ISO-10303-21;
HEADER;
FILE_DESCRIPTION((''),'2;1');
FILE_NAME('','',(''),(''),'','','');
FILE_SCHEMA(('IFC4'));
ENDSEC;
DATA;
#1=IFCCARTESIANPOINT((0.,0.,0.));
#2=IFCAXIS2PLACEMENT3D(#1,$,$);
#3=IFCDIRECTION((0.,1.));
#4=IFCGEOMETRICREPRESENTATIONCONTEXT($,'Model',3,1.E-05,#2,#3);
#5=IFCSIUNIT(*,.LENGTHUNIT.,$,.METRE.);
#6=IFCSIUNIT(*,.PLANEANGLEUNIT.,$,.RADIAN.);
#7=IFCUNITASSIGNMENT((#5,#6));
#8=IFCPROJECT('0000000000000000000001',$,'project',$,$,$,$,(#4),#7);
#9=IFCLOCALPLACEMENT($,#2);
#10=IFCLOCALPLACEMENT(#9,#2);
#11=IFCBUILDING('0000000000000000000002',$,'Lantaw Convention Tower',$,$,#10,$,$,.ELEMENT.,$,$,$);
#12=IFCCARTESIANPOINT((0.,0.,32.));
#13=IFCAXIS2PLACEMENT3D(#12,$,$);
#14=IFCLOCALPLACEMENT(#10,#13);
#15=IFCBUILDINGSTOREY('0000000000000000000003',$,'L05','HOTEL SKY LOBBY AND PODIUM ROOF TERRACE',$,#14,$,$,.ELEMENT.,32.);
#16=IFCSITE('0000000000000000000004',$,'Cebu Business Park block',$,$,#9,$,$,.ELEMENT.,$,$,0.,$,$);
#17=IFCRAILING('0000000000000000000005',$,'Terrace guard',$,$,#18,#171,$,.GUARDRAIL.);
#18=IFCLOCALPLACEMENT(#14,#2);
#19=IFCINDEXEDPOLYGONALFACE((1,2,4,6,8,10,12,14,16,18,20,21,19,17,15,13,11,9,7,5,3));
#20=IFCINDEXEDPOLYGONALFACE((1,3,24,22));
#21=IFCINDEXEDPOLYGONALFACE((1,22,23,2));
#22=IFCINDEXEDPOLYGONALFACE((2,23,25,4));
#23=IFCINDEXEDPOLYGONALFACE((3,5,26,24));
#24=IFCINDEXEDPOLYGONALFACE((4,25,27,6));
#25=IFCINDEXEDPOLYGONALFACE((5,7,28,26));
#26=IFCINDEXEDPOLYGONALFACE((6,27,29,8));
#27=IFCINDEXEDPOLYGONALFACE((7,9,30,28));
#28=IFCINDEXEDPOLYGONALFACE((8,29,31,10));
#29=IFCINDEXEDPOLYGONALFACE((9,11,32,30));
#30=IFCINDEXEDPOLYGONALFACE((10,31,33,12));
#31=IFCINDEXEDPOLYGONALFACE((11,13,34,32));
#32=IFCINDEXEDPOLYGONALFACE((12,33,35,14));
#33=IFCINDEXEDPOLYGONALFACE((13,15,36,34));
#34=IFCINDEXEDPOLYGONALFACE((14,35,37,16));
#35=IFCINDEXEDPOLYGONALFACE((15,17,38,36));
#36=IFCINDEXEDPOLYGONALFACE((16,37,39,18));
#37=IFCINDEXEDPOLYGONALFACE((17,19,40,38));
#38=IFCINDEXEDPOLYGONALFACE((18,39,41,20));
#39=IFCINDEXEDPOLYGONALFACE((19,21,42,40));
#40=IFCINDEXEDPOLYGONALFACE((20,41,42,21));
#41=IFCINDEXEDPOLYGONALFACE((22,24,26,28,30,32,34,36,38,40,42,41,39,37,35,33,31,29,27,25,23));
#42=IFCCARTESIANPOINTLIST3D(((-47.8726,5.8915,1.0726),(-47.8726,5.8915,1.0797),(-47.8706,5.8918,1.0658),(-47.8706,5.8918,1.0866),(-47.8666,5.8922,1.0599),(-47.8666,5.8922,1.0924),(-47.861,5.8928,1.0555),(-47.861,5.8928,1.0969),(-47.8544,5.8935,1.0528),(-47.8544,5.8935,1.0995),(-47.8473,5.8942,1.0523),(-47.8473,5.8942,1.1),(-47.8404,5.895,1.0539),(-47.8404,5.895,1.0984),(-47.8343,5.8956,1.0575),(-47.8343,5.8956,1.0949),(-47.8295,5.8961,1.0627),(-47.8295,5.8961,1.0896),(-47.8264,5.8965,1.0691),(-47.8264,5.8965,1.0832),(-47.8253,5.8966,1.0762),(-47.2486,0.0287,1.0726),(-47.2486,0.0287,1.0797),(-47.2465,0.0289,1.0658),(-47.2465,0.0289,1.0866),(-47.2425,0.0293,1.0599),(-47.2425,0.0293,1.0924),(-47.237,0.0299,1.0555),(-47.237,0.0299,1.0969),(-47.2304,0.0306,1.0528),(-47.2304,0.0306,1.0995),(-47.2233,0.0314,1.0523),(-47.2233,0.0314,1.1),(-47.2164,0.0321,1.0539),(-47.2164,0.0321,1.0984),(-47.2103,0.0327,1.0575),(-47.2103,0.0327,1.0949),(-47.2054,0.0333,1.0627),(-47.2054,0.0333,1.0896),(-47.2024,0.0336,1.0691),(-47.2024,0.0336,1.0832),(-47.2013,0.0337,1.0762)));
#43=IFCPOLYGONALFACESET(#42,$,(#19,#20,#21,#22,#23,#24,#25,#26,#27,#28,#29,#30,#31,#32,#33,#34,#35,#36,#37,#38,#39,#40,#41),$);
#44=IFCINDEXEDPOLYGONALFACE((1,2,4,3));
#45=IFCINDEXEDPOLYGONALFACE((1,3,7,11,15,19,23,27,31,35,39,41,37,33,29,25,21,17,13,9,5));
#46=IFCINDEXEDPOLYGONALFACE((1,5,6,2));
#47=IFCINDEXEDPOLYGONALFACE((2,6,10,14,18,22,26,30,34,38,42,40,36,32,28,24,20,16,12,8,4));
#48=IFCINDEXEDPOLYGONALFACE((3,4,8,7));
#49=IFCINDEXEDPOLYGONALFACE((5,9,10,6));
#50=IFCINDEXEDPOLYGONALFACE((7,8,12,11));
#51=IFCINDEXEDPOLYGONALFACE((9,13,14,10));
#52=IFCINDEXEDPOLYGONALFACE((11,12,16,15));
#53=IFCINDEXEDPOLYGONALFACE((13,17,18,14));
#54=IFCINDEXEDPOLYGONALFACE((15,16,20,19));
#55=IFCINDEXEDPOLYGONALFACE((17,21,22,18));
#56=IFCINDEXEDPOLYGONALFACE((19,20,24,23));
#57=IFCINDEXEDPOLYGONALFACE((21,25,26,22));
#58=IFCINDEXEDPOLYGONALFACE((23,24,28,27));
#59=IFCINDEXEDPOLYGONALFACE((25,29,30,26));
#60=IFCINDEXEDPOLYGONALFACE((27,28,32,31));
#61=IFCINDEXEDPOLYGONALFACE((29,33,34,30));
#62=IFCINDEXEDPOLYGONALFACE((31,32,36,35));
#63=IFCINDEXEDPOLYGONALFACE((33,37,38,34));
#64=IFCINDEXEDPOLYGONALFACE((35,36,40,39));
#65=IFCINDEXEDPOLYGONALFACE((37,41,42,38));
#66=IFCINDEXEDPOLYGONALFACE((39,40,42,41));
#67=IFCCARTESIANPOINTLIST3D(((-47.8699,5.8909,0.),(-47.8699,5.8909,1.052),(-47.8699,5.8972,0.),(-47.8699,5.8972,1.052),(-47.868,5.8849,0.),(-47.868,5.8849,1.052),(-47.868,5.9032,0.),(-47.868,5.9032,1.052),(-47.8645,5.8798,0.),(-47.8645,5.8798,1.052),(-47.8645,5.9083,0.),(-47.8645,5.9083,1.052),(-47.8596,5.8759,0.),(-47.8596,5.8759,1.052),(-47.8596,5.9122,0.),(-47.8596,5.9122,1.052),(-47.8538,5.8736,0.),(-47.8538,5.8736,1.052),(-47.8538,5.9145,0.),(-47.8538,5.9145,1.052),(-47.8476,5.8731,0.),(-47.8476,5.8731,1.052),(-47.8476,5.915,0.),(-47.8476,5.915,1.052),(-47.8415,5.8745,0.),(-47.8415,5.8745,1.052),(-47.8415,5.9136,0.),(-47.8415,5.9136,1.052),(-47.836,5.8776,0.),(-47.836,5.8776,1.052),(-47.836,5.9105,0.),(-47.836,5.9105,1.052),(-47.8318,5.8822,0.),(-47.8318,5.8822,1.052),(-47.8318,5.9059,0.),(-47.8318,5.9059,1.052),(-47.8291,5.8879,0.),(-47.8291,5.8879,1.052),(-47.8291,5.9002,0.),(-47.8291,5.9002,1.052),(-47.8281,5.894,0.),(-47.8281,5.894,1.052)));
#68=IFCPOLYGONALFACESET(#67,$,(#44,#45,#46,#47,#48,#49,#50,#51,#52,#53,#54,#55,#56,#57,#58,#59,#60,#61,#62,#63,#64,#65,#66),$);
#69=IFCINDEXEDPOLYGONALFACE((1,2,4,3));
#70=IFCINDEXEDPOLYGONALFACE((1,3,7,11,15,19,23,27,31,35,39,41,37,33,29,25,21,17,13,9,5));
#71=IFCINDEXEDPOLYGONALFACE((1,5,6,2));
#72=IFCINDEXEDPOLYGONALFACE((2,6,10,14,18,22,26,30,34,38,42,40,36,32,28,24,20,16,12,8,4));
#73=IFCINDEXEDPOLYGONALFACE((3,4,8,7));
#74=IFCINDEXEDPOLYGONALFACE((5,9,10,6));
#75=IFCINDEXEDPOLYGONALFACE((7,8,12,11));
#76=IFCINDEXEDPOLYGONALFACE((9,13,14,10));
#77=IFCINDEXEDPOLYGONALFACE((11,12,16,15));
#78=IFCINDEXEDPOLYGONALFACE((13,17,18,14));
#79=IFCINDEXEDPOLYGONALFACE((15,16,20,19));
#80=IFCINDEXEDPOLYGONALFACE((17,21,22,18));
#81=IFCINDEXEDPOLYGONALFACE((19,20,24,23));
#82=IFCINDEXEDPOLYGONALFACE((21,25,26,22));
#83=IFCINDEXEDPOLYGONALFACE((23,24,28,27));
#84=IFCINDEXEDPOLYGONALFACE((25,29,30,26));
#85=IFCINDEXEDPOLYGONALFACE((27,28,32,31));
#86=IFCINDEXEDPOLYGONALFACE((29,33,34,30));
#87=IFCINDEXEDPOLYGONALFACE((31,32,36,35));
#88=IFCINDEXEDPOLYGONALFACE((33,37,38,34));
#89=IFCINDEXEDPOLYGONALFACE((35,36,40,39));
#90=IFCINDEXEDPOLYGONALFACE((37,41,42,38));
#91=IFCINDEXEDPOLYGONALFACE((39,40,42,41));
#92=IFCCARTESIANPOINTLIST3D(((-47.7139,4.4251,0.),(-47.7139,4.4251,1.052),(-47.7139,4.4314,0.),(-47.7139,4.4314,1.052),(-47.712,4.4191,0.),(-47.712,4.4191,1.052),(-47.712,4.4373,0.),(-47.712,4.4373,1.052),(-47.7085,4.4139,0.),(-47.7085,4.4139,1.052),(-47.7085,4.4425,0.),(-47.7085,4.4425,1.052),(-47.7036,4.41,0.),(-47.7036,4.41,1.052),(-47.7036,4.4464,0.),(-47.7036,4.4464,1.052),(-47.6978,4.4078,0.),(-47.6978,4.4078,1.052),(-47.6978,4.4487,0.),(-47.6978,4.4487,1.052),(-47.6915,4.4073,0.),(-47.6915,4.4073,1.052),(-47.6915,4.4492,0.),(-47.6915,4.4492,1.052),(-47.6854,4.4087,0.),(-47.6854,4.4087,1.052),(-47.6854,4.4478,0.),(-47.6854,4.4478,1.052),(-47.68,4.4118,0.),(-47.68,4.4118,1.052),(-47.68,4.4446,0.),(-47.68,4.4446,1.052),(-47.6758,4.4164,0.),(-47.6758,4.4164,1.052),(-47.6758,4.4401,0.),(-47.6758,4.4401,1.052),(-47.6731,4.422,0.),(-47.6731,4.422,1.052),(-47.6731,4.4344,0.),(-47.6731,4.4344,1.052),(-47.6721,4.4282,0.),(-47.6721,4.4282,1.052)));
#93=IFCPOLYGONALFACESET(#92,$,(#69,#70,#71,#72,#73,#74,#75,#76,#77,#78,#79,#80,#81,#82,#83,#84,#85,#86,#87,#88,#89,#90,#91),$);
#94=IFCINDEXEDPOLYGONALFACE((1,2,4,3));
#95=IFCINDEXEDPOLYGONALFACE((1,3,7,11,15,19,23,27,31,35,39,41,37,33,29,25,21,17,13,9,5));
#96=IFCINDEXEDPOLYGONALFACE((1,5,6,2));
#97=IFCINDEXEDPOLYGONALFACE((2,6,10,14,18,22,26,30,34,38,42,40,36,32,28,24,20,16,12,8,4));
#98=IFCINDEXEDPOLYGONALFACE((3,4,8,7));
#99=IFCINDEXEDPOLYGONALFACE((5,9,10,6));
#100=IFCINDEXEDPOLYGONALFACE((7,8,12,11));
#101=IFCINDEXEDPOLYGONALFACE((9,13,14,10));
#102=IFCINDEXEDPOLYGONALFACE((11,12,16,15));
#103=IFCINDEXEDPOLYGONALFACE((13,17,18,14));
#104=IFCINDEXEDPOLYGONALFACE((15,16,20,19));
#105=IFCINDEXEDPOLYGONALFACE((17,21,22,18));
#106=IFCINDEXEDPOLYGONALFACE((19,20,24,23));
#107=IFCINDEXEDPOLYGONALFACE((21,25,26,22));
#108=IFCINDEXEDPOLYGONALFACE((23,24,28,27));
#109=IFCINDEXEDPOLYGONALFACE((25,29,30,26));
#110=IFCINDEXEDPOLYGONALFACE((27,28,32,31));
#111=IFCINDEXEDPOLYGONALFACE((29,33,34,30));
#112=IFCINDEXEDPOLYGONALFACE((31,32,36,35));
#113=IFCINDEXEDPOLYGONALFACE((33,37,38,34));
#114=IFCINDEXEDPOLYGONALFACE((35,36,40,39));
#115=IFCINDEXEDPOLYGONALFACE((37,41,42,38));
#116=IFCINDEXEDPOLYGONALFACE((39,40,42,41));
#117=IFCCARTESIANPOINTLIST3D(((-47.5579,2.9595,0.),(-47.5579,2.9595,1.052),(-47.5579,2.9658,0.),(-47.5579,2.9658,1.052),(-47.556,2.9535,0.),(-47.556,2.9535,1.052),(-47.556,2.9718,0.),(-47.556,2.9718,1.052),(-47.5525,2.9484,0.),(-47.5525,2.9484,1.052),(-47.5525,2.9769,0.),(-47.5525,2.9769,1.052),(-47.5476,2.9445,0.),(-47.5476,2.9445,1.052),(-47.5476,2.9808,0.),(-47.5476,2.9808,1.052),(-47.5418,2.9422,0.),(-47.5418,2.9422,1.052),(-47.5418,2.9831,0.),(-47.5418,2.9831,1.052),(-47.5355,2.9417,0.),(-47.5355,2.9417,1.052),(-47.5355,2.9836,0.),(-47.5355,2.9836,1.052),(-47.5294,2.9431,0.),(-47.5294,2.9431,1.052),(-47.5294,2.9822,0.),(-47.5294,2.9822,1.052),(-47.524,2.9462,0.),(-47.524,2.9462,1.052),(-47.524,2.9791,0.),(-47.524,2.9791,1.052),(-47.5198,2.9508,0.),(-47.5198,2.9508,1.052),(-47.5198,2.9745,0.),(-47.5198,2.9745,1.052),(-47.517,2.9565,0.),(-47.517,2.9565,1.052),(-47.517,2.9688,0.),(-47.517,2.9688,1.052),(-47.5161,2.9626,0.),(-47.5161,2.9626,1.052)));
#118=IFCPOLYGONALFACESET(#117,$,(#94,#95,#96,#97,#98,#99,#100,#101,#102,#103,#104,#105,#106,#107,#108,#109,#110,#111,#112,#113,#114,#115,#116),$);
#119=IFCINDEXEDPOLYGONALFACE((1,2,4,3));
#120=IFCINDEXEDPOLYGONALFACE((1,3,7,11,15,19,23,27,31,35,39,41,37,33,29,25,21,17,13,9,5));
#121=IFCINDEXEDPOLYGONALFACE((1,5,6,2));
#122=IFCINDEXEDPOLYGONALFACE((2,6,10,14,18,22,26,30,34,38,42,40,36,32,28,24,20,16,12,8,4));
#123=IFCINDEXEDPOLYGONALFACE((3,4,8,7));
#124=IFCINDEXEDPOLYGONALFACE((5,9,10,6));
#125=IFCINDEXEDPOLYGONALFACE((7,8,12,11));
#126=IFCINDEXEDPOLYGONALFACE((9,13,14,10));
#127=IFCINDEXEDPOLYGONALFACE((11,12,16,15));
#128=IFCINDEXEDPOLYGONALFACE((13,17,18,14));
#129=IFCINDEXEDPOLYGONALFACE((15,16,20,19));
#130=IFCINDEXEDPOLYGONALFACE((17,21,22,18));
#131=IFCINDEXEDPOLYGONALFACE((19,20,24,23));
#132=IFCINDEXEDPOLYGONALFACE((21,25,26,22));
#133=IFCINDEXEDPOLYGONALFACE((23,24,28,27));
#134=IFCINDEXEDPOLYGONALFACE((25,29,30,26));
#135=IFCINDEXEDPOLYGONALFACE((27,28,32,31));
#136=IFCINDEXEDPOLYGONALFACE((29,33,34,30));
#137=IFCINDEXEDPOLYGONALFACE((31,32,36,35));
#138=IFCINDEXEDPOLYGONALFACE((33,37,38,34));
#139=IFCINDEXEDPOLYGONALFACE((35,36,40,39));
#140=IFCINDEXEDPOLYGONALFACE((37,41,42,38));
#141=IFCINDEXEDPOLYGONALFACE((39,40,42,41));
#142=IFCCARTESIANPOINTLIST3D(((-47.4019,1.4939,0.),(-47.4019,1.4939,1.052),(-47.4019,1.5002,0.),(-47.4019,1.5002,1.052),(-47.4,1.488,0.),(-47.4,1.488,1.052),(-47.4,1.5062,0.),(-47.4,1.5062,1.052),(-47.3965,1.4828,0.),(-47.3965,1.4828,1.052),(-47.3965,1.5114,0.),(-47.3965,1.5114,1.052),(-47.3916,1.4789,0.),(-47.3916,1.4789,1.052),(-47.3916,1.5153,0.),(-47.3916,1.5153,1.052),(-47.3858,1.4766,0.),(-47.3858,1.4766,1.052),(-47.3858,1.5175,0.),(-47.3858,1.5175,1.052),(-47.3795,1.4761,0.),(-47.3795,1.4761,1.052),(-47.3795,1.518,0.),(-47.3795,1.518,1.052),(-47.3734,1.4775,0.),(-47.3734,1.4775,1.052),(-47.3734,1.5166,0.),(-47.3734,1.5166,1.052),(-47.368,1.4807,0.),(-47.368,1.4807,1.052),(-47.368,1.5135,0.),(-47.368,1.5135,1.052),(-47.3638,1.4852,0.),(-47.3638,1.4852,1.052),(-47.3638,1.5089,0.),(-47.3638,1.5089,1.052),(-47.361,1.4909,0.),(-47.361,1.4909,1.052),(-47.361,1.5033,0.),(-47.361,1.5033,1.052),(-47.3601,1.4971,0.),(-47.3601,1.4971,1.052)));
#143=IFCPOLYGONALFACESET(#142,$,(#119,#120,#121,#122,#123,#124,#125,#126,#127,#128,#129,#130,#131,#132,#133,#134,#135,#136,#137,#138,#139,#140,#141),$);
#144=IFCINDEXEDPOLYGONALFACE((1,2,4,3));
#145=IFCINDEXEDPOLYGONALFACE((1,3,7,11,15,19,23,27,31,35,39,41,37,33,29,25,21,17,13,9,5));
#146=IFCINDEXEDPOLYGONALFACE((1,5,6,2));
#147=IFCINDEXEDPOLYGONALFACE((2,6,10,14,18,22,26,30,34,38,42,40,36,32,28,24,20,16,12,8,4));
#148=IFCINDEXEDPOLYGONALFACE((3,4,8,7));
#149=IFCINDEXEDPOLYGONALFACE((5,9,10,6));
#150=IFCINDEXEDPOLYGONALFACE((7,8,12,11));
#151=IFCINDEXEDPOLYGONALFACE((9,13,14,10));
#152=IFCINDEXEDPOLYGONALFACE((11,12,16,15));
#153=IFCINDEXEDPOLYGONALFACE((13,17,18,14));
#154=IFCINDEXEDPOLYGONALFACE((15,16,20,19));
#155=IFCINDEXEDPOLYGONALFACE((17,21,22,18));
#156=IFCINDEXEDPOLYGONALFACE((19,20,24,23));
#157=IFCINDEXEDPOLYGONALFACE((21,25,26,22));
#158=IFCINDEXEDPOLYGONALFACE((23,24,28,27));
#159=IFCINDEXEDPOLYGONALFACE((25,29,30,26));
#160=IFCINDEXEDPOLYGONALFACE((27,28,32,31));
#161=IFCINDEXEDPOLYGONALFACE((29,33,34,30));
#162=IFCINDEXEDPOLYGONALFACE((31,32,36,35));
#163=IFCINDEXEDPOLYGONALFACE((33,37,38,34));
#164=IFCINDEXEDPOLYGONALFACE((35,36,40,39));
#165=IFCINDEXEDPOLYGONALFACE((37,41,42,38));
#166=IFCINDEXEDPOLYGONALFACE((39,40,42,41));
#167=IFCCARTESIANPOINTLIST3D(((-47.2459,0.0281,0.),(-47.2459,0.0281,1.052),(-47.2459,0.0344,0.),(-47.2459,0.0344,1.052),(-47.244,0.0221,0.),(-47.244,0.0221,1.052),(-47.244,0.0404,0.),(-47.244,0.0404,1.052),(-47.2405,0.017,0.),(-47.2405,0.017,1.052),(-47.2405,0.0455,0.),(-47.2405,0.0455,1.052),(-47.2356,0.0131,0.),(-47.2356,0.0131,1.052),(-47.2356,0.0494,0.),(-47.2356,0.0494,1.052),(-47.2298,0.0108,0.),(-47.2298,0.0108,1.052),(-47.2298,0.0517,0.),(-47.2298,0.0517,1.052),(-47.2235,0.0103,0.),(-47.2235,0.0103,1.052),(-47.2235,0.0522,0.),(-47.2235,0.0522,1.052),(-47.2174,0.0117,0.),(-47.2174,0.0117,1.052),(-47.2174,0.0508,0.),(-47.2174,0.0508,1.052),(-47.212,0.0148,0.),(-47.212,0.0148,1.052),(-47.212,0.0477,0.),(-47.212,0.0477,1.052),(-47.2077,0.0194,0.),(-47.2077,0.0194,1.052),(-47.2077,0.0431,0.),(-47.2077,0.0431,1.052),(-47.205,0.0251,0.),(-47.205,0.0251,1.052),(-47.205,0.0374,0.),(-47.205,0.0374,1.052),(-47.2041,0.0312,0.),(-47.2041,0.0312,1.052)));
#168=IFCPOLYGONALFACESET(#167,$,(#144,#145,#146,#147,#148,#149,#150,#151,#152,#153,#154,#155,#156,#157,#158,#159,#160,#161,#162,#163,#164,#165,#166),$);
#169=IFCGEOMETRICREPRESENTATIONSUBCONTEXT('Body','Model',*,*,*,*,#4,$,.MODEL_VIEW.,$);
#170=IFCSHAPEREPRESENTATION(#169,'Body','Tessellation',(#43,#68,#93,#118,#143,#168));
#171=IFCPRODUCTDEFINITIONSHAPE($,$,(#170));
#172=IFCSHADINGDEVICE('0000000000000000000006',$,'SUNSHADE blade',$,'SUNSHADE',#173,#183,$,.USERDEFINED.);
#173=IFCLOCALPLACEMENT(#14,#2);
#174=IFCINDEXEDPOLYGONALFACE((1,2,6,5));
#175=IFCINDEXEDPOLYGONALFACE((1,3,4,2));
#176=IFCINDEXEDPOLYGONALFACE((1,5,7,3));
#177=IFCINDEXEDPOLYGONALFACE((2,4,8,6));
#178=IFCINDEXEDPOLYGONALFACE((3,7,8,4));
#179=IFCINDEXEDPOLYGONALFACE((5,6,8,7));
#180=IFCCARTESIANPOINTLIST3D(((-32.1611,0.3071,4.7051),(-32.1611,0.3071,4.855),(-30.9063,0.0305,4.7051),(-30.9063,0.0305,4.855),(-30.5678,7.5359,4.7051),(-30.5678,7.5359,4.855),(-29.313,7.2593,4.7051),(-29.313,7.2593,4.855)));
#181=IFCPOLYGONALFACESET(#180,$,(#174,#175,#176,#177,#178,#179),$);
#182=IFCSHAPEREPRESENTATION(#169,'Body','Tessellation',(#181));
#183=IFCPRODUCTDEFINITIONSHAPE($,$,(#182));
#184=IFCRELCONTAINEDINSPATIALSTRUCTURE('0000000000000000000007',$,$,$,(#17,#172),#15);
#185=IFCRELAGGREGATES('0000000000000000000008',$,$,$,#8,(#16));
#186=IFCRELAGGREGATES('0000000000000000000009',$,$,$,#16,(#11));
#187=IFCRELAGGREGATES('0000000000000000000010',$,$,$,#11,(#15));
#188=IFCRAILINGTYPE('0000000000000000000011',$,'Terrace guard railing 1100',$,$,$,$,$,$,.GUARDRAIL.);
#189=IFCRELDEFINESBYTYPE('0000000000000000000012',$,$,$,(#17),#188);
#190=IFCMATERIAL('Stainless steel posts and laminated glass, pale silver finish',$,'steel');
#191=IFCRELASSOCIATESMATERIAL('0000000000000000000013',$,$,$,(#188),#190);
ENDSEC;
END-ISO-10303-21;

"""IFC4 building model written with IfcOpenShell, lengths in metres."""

from ifc_helpers import new_model, si_unit, direction, frame, origin, origin_2d, place, context, subcontext, project, spatial, rectangle, circle, extrude, material, type_object, element, save


model = new_model("IFC4")

# Units and contexts
model_context = context("Model", 3, precision=1e-05, world=origin(), true_north=direction((0.0, 1.0)))
body_context = subcontext(model_context, "Body", "Model", "MODEL_VIEW")
ifc_project = project(units=[si_unit("LENGTHUNIT", "METRE"), si_unit("PLANEANGLEUNIT", "RADIAN")], contexts=[model_context])

# Site, building, storey
site_placement = place(None, origin())
site = spatial("IfcSite", under=ifc_project, at=site_placement, Name="Cebu Business Park block", CompositionType="ELEMENT", RefElevation=0.0)
building_placement = place(site_placement, origin())
building = spatial("IfcBuilding", under=site, at=building_placement, Name="Lantaw Convention Tower", CompositionType="ELEMENT")
storey_placement = place(building_placement, frame((0.0, 0.0, 32.0)))
storey = spatial("IfcBuildingStorey", under=building, at=storey_placement, Name="L05", Description="HOTEL SKY LOBBY AND PODIUM ROOF TERRACE", CompositionType="ELEMENT", Elevation=32.0)

# Railing
ifc_material_1 = material(Name="Stainless steel posts and laminated glass, pale silver finish", Category="steel")
railing_type_1 = type_object("IfcRailingType", Name="Terrace guard railing 1100", PredefinedType="GUARDRAIL", material=ifc_material_1)
railing_1_placement = place(storey_placement, frame((-47.8491, 5.894, 0.0)))
element("IfcRailing", 1, at=railing_1_placement, inside=storey, type_object=railing_type_1, Name="Terrace guard", PredefinedType="GUARDRAIL", context=body_context, shape_type="SweptSolid", body=[
    extrude(circle(Radius=0.0239, at=origin_2d()), frame((0.0, 0.0, 1.0762), z_axis=(0.10584, -0.994383, 0.0), x_axis=(0.994383, 0.10584, 0.0)), (0.0, 0.0, 1.0), 5.896),
    extrude(circle(Radius=0.021, at=origin_2d()), origin(), (0.0, 0.0, 1.0), 1.052),
    extrude(circle(Radius=0.021, at=origin_2d()), frame((0.156, -1.4658, 0.0)), (0.0, 0.0, 1.0), 1.052),
    extrude(circle(Radius=0.021, at=origin_2d()), frame((0.312, -2.9314, 0.0)), (0.0, 0.0, 1.0), 1.052),
    extrude(circle(Radius=0.021, at=origin_2d()), frame((0.468, -4.397, 0.0)), (0.0, 0.0, 1.0), 1.052),
    extrude(circle(Radius=0.021, at=origin_2d()), frame((0.624, -5.8628, 0.0)), (0.0, 0.0, 1.0), 1.052),
])

# Shading device
shading_device_placement = place(storey_placement, frame((-30.7371, 3.7832, 4.7051), z_axis=(0.0, 0.0, 1.0), x_axis=(-0.215246, -0.97656, 0.0)))
element("IfcShadingDevice", 2, at=shading_device_placement, inside=storey, Name="SUNSHADE blade", ObjectType="SUNSHADE", PredefinedType="USERDEFINED", context=body_context, shape_type="SweptSolid", body=[
    extrude(rectangle(XDim=7.4023, YDim=1.2849, at=origin_2d()), origin(), (0.0, 0.0, 1.0), 0.1499),
])

save(model, "model.ifc")
